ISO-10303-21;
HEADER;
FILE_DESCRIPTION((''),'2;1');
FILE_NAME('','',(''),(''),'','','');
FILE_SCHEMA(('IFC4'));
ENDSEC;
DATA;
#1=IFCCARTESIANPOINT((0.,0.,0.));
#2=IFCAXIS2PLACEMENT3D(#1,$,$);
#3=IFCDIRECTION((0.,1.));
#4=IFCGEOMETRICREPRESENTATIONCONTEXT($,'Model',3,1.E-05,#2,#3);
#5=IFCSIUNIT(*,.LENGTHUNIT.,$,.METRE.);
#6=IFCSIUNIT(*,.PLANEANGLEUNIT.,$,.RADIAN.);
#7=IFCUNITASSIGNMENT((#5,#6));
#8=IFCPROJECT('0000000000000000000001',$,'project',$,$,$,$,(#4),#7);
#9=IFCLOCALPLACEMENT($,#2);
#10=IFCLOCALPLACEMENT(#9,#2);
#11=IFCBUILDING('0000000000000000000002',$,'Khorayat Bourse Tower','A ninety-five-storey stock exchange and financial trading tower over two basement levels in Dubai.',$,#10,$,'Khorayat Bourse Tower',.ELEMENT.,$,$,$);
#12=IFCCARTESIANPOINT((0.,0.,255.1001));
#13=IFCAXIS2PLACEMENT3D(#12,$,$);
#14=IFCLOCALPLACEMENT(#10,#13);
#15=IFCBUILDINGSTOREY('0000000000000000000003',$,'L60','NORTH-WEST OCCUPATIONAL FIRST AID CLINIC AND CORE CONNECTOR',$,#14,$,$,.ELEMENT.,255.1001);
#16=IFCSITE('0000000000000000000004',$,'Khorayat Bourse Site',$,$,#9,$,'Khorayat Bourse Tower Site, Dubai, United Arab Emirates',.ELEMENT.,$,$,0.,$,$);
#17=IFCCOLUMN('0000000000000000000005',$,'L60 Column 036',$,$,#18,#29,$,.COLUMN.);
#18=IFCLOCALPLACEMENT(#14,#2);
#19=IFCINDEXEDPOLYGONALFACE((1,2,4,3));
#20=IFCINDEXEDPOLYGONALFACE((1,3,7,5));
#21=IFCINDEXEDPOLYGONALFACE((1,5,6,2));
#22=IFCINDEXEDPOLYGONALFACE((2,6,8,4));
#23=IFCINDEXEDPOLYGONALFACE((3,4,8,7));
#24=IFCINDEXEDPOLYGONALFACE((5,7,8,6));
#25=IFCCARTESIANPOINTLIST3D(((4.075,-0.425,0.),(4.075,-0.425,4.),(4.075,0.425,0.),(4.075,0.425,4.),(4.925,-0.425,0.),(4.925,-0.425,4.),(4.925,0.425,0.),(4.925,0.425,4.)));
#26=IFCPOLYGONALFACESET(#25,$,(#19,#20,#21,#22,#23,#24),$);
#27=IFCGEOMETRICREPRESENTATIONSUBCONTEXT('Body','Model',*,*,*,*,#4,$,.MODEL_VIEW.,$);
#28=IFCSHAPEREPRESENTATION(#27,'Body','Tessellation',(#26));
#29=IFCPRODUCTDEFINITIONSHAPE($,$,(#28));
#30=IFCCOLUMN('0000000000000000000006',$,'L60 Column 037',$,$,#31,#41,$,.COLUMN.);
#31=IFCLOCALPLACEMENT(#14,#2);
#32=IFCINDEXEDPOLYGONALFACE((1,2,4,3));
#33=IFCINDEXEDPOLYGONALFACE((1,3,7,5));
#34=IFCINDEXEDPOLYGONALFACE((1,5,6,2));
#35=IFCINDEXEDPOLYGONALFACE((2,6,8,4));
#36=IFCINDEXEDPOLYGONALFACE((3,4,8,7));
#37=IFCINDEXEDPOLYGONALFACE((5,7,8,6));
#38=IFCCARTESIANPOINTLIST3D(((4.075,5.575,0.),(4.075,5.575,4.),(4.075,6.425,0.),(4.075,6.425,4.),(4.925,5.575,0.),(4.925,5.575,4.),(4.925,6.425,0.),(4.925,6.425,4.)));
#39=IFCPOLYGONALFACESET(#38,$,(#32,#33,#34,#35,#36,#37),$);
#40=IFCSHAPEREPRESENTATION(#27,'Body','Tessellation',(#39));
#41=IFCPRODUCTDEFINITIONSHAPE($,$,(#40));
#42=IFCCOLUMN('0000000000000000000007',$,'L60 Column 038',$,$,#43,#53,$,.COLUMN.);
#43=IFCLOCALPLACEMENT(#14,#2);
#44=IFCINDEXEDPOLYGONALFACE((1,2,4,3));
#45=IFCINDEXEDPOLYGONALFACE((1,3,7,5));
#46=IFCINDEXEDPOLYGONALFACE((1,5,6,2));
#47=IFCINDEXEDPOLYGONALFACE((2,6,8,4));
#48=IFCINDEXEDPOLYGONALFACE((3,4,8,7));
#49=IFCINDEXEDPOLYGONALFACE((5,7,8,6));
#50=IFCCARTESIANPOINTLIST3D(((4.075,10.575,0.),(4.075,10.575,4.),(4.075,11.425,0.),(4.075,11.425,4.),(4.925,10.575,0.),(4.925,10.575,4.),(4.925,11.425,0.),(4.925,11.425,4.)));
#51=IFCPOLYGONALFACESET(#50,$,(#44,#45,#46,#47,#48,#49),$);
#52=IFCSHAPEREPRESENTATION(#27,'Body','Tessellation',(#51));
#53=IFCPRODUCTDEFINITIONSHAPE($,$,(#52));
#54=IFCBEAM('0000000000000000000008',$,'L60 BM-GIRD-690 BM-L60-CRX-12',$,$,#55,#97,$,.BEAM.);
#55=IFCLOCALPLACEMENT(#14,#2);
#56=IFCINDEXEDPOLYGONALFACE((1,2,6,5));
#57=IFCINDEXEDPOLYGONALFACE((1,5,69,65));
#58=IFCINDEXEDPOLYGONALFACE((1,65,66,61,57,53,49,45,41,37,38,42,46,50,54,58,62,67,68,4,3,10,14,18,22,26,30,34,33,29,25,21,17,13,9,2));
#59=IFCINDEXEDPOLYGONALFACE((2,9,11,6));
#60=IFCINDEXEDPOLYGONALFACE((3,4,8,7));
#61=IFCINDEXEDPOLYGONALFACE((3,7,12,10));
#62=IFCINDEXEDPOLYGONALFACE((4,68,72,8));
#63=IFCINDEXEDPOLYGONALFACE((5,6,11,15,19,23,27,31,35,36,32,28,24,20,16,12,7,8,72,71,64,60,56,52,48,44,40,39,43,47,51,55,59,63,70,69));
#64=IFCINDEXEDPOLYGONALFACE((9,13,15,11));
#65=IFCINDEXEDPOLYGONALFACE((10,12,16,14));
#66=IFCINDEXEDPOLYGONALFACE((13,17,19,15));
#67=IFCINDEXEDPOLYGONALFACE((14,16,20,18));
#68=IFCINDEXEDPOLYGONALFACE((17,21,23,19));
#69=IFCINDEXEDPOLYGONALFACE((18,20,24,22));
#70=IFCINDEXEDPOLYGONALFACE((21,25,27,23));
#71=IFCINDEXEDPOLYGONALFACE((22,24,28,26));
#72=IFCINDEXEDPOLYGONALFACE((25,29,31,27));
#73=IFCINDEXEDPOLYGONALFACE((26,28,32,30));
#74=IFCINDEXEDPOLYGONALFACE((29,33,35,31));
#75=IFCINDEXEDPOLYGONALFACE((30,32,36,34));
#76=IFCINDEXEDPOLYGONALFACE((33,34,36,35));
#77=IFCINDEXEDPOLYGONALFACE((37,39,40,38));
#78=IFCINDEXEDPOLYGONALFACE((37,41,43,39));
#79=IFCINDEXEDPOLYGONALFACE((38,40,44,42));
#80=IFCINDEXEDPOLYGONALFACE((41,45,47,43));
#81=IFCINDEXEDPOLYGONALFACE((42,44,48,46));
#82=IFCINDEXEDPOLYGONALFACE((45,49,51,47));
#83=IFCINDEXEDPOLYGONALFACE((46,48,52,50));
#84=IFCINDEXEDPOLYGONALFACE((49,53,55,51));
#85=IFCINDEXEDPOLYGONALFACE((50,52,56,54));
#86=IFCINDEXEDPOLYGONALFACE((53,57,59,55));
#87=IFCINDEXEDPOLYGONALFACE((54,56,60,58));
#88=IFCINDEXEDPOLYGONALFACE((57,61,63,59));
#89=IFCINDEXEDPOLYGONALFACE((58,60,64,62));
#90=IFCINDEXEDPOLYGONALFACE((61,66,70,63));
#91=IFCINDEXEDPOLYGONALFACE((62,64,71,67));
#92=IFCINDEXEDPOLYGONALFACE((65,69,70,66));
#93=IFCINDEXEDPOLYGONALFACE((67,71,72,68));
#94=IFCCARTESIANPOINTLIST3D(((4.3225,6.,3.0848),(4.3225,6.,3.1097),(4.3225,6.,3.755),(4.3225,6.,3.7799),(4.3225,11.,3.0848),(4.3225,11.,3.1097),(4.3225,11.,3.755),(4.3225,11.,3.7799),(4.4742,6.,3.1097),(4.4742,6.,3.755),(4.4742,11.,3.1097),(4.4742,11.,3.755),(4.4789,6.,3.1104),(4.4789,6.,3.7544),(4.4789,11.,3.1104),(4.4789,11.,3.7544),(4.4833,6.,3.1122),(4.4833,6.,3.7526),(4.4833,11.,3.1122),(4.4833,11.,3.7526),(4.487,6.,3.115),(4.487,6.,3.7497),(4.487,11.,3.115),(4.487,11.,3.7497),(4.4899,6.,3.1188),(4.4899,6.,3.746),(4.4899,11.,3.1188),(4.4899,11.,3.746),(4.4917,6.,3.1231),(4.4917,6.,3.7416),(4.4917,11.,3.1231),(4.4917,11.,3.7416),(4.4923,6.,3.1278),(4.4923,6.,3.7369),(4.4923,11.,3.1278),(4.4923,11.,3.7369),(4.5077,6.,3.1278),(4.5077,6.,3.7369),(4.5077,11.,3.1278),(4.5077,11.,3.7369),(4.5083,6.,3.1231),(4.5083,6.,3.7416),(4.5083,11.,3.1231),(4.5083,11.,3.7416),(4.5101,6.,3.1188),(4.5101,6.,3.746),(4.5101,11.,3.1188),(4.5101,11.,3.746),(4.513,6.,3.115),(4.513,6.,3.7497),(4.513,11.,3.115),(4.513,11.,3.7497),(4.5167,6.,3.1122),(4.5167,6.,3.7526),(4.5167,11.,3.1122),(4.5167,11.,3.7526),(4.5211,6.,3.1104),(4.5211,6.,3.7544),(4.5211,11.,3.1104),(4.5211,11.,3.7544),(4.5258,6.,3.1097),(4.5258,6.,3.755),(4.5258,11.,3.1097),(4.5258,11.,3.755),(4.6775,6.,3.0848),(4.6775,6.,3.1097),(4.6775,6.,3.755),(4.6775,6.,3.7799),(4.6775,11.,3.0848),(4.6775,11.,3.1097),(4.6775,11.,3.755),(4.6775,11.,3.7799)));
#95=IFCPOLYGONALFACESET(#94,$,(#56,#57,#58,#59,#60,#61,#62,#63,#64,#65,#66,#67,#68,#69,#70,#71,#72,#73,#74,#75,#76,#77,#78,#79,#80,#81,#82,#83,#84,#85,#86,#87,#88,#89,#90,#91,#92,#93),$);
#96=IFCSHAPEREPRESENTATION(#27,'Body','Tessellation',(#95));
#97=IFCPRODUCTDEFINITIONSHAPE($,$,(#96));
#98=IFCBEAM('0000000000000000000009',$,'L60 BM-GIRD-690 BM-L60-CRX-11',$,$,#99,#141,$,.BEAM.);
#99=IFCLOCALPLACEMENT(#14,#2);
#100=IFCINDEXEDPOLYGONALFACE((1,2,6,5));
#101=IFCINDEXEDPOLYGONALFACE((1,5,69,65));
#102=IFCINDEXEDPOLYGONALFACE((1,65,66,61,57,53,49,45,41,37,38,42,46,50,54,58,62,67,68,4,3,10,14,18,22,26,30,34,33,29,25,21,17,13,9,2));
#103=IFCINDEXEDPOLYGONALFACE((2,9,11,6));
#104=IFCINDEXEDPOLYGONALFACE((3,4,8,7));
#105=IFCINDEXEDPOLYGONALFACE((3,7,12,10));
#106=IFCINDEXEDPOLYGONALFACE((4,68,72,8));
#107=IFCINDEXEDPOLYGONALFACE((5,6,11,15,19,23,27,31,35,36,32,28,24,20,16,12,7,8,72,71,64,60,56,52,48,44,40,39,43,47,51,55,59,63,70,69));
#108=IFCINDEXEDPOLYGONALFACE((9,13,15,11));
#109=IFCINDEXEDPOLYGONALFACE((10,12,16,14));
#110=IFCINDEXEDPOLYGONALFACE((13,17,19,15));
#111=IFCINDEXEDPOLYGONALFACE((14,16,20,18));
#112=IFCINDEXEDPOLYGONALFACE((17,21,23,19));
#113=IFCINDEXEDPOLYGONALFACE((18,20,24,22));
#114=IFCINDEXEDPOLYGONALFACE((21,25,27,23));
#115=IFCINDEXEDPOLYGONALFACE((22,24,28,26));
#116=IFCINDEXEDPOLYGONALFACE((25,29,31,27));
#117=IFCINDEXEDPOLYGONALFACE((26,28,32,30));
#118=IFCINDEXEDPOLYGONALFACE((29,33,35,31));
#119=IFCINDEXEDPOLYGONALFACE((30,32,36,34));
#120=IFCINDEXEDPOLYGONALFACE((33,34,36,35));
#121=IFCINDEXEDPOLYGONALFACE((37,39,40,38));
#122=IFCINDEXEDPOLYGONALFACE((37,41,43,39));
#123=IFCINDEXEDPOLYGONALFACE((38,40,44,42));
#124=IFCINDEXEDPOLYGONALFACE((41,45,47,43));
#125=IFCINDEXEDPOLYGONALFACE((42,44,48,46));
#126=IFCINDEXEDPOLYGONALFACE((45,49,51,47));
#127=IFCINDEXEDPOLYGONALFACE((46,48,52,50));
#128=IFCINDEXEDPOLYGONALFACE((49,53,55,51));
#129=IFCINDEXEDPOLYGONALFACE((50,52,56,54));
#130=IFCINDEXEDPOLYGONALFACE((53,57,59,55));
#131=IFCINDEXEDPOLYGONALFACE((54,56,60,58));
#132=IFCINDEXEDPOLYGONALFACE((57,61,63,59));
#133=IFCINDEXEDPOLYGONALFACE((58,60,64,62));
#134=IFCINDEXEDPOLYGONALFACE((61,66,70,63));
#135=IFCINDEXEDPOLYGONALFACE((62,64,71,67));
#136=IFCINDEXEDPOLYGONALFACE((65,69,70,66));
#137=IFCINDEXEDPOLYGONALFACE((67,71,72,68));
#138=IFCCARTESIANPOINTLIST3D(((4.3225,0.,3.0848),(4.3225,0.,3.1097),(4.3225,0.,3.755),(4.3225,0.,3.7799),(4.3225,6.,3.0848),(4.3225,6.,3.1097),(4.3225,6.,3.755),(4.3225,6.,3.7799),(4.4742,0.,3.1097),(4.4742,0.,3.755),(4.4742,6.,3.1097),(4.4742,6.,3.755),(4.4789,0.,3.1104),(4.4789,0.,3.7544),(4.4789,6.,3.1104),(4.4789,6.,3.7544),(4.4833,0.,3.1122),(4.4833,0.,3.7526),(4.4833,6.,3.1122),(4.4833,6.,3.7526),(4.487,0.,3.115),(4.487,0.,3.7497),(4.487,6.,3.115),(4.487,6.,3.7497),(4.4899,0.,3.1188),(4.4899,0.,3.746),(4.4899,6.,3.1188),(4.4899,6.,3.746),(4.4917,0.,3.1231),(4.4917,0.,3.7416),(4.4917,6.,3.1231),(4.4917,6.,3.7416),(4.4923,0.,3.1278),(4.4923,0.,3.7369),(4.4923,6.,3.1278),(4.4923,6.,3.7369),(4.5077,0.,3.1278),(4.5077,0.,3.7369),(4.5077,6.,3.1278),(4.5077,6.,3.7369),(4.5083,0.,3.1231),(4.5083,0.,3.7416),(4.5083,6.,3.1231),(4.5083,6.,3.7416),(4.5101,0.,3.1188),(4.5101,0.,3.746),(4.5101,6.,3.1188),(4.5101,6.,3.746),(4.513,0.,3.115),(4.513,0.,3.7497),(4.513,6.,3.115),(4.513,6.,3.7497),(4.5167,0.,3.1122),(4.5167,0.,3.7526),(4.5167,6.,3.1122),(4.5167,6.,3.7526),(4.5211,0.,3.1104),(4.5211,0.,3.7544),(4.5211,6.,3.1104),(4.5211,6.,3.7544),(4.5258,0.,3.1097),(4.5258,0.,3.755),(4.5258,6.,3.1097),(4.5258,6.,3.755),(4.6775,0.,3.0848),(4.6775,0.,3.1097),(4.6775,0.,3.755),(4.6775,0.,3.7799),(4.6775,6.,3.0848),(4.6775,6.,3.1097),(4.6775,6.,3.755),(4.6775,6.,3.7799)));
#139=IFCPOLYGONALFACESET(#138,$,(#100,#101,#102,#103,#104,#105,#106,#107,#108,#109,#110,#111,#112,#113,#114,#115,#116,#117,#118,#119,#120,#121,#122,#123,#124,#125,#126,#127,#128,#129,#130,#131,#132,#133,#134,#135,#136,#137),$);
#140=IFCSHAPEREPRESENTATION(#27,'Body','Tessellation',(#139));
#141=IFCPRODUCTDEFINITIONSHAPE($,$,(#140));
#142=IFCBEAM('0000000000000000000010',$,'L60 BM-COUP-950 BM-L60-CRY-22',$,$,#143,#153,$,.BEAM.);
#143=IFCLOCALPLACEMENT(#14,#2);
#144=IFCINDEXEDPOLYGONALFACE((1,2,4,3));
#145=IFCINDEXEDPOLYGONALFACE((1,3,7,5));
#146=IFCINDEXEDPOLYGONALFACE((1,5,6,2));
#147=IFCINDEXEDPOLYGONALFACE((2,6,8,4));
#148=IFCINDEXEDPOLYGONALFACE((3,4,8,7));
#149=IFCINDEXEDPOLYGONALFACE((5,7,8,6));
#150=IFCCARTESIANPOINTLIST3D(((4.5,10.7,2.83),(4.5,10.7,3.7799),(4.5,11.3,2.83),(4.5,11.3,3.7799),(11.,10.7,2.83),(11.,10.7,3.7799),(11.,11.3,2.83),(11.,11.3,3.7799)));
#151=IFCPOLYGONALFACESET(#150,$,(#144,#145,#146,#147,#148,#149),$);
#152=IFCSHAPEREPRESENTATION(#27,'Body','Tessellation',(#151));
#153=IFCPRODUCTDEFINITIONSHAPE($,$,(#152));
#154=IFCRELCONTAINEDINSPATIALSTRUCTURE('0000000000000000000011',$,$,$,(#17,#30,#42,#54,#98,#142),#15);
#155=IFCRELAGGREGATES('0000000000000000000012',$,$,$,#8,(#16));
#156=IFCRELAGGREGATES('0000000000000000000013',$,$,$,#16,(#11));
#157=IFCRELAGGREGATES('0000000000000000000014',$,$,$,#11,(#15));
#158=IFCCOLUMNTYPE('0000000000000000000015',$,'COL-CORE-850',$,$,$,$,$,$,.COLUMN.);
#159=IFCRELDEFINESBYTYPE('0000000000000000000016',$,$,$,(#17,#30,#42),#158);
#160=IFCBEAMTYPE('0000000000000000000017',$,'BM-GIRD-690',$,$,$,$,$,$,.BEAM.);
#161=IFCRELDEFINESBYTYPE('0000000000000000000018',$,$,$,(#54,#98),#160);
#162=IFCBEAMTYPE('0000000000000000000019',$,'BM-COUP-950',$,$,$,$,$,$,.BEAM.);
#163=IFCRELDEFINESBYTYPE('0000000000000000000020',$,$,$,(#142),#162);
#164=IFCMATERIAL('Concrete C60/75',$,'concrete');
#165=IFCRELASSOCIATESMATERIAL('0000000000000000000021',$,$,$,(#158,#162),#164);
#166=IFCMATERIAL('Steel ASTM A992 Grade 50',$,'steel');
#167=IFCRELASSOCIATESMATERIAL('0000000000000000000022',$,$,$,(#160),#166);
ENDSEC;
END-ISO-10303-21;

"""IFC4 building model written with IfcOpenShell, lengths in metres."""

from ifc_helpers import new_model, si_unit, direction, frame, origin, origin_2d, place, context, subcontext, project, spatial, rectangle, i_section, extrude, source, transform, mapped, material, material_profile, profile_set, type_object, element, save


model = new_model("IFC4")

# Units and contexts
model_context = context("Model", 3, precision=1e-05, world=origin(), true_north=direction((0.0, 1.0)))
body_context = subcontext(model_context, "Body", "Model", "MODEL_VIEW")
ifc_project = project(units=[si_unit("LENGTHUNIT", "METRE"), si_unit("PLANEANGLEUNIT", "RADIAN")], contexts=[model_context])

# Site, building, storey
site_placement = place(None, origin())
site = spatial("IfcSite", under=ifc_project, at=site_placement, Name="Khorayat Bourse Site", LongName="Khorayat Bourse Tower Site, Dubai, United Arab Emirates", CompositionType="ELEMENT", RefElevation=0.0)
building_placement = place(site_placement, origin())
building = spatial("IfcBuilding", under=site, at=building_placement, Name="Khorayat Bourse Tower", Description="A ninety-five-storey stock exchange and financial trading tower over two basement levels in Dubai.", LongName="Khorayat Bourse Tower", CompositionType="ELEMENT")
storey_placement = place(building_placement, frame((0.0, 0.0, 255.1001)))
storey = spatial("IfcBuildingStorey", under=building, at=storey_placement, Name="L60", Description="NORTH-WEST OCCUPATIONAL FIRST AID CLINIC AND CORE CONNECTOR", CompositionType="ELEMENT", Elevation=255.1001)

# Columns
ifc_material_1 = material(Name="Concrete C60/75", Category="concrete")
ifc_material_profile_1 = material_profile(ifc_material_1, rectangle(XDim=0.8501, YDim=0.8501, at=origin_2d()), Name="RC 850x850")
ifc_profile_set_1 = profile_set([ifc_material_profile_1], Name="Concrete C60/75")
column_type = type_object("IfcColumnType", Name="COL-CORE-850", PredefinedType="COLUMN", material=ifc_profile_set_1)
shared_shape_1 = source(origin(), body_context, "Body", "SweptSolid", [
    extrude(rectangle(XDim=0.8501, YDim=0.8501, at=origin_2d()), origin(), (0.0, 0.0, 1.0), 4.0),
])
for number, where, z_axis, x_axis, name in (
    (1, (4.5, 0.0, 0.0), (0.0, 0.0, 1.0), (1.0, 0.0, 0.0), "L60 Column 036"),
    (2, (4.5, 6.0, 0.0), (0.0, 0.0, 1.0), (1.0, 0.0, 0.0), "L60 Column 037"),
    (3, (4.5, 11.0, 0.0), (0.0, 0.0, 1.0), (1.0, 0.0, 0.0), "L60 Column 038"),
):
    element("IfcColumn", number, at=place(storey_placement, frame(where, z_axis=z_axis, x_axis=x_axis)), inside=storey, type_object=column_type, Name=name, PredefinedType="COLUMN", context=body_context, shape_type="MappedRepresentation", body=[
        mapped(shared_shape_1, transform((0.0, 0.0, 0.0), scale=1.0)),
    ])

# Beams
ifc_material_2 = material(Name="Steel ASTM A992 Grade 50", Category="steel")
ifc_material_profile_2 = material_profile(ifc_material_2, i_section(OverallWidth=0.355, OverallDepth=0.6951, WebThickness=0.0154, FlangeThickness=0.0249, FilletRadius=0.0181, at=origin_2d()), Name="W690X217")
ifc_profile_set_2 = profile_set([ifc_material_profile_2], Name="Steel ASTM A992 Grade 50")
beam_type_1 = type_object("IfcBeamType", Name="BM-GIRD-690", PredefinedType="BEAM", material=ifc_profile_set_2)
shared_shape_2 = source(origin(), body_context, "Body", "SweptSolid", [
    extrude(i_section(OverallWidth=0.355, OverallDepth=0.6951, WebThickness=0.0154, FlangeThickness=0.0249, FilletRadius=0.0181, at=origin_2d()), origin(), (0.0, 0.0, 1.0), 5.0),
])
beam_1_placement = place(storey_placement, frame((4.5, 6.0, 3.4324), z_axis=(0.0, 1.0, 0.0), x_axis=(-1.0, 0.0, 0.0)))
element("IfcBeam", 4, at=beam_1_placement, inside=storey, type_object=beam_type_1, Name="L60 BM-GIRD-690 BM-L60-CRX-12", PredefinedType="BEAM", context=body_context, shape_type="MappedRepresentation", body=[
    mapped(shared_shape_2, transform((0.0, 0.0, 0.0), scale=1.0)),
])
shared_shape_3 = source(origin(), body_context, "Body", "SweptSolid", [
    extrude(i_section(OverallWidth=0.355, OverallDepth=0.6951, WebThickness=0.0154, FlangeThickness=0.0249, FilletRadius=0.0181, at=origin_2d()), origin(), (0.0, 0.0, 1.0), 6.0),
])
beam_2_placement = place(storey_placement, frame((4.5, 0.0, 3.4324), z_axis=(0.0, 1.0, 0.0), x_axis=(-1.0, 0.0, 0.0)))
element("IfcBeam", 5, at=beam_2_placement, inside=storey, type_object=beam_type_1, Name="L60 BM-GIRD-690 BM-L60-CRX-11", PredefinedType="BEAM", context=body_context, shape_type="MappedRepresentation", body=[
    mapped(shared_shape_3, transform((0.0, 0.0, 0.0), scale=1.0)),
])
ifc_material_profile_3 = material_profile(ifc_material_1, rectangle(XDim=0.6001, YDim=0.95, at=origin_2d()), Name="RC 600x950")
ifc_profile_set_3 = profile_set([ifc_material_profile_3], Name="Concrete C60/75")
beam_type_2 = type_object("IfcBeamType", Name="BM-COUP-950", PredefinedType="BEAM", material=ifc_profile_set_3)
shared_shape_4 = source(origin(), body_context, "Body", "SweptSolid", [
    extrude(rectangle(XDim=0.6001, YDim=0.95, at=origin_2d()), origin(), (0.0, 0.0, 1.0), 6.5),
])
beam_3_placement = place(storey_placement, frame((4.5, 11.0, 3.3049), z_axis=(1.0, 0.0, 0.0), x_axis=(0.0, 1.0, 0.0)))
element("IfcBeam", 6, at=beam_3_placement, inside=storey, type_object=beam_type_2, Name="L60 BM-COUP-950 BM-L60-CRY-22", PredefinedType="BEAM", context=body_context, shape_type="MappedRepresentation", body=[
    mapped(shared_shape_4, transform((0.0, 0.0, 0.0), scale=1.0)),
])

save(model, "model.ifc")
